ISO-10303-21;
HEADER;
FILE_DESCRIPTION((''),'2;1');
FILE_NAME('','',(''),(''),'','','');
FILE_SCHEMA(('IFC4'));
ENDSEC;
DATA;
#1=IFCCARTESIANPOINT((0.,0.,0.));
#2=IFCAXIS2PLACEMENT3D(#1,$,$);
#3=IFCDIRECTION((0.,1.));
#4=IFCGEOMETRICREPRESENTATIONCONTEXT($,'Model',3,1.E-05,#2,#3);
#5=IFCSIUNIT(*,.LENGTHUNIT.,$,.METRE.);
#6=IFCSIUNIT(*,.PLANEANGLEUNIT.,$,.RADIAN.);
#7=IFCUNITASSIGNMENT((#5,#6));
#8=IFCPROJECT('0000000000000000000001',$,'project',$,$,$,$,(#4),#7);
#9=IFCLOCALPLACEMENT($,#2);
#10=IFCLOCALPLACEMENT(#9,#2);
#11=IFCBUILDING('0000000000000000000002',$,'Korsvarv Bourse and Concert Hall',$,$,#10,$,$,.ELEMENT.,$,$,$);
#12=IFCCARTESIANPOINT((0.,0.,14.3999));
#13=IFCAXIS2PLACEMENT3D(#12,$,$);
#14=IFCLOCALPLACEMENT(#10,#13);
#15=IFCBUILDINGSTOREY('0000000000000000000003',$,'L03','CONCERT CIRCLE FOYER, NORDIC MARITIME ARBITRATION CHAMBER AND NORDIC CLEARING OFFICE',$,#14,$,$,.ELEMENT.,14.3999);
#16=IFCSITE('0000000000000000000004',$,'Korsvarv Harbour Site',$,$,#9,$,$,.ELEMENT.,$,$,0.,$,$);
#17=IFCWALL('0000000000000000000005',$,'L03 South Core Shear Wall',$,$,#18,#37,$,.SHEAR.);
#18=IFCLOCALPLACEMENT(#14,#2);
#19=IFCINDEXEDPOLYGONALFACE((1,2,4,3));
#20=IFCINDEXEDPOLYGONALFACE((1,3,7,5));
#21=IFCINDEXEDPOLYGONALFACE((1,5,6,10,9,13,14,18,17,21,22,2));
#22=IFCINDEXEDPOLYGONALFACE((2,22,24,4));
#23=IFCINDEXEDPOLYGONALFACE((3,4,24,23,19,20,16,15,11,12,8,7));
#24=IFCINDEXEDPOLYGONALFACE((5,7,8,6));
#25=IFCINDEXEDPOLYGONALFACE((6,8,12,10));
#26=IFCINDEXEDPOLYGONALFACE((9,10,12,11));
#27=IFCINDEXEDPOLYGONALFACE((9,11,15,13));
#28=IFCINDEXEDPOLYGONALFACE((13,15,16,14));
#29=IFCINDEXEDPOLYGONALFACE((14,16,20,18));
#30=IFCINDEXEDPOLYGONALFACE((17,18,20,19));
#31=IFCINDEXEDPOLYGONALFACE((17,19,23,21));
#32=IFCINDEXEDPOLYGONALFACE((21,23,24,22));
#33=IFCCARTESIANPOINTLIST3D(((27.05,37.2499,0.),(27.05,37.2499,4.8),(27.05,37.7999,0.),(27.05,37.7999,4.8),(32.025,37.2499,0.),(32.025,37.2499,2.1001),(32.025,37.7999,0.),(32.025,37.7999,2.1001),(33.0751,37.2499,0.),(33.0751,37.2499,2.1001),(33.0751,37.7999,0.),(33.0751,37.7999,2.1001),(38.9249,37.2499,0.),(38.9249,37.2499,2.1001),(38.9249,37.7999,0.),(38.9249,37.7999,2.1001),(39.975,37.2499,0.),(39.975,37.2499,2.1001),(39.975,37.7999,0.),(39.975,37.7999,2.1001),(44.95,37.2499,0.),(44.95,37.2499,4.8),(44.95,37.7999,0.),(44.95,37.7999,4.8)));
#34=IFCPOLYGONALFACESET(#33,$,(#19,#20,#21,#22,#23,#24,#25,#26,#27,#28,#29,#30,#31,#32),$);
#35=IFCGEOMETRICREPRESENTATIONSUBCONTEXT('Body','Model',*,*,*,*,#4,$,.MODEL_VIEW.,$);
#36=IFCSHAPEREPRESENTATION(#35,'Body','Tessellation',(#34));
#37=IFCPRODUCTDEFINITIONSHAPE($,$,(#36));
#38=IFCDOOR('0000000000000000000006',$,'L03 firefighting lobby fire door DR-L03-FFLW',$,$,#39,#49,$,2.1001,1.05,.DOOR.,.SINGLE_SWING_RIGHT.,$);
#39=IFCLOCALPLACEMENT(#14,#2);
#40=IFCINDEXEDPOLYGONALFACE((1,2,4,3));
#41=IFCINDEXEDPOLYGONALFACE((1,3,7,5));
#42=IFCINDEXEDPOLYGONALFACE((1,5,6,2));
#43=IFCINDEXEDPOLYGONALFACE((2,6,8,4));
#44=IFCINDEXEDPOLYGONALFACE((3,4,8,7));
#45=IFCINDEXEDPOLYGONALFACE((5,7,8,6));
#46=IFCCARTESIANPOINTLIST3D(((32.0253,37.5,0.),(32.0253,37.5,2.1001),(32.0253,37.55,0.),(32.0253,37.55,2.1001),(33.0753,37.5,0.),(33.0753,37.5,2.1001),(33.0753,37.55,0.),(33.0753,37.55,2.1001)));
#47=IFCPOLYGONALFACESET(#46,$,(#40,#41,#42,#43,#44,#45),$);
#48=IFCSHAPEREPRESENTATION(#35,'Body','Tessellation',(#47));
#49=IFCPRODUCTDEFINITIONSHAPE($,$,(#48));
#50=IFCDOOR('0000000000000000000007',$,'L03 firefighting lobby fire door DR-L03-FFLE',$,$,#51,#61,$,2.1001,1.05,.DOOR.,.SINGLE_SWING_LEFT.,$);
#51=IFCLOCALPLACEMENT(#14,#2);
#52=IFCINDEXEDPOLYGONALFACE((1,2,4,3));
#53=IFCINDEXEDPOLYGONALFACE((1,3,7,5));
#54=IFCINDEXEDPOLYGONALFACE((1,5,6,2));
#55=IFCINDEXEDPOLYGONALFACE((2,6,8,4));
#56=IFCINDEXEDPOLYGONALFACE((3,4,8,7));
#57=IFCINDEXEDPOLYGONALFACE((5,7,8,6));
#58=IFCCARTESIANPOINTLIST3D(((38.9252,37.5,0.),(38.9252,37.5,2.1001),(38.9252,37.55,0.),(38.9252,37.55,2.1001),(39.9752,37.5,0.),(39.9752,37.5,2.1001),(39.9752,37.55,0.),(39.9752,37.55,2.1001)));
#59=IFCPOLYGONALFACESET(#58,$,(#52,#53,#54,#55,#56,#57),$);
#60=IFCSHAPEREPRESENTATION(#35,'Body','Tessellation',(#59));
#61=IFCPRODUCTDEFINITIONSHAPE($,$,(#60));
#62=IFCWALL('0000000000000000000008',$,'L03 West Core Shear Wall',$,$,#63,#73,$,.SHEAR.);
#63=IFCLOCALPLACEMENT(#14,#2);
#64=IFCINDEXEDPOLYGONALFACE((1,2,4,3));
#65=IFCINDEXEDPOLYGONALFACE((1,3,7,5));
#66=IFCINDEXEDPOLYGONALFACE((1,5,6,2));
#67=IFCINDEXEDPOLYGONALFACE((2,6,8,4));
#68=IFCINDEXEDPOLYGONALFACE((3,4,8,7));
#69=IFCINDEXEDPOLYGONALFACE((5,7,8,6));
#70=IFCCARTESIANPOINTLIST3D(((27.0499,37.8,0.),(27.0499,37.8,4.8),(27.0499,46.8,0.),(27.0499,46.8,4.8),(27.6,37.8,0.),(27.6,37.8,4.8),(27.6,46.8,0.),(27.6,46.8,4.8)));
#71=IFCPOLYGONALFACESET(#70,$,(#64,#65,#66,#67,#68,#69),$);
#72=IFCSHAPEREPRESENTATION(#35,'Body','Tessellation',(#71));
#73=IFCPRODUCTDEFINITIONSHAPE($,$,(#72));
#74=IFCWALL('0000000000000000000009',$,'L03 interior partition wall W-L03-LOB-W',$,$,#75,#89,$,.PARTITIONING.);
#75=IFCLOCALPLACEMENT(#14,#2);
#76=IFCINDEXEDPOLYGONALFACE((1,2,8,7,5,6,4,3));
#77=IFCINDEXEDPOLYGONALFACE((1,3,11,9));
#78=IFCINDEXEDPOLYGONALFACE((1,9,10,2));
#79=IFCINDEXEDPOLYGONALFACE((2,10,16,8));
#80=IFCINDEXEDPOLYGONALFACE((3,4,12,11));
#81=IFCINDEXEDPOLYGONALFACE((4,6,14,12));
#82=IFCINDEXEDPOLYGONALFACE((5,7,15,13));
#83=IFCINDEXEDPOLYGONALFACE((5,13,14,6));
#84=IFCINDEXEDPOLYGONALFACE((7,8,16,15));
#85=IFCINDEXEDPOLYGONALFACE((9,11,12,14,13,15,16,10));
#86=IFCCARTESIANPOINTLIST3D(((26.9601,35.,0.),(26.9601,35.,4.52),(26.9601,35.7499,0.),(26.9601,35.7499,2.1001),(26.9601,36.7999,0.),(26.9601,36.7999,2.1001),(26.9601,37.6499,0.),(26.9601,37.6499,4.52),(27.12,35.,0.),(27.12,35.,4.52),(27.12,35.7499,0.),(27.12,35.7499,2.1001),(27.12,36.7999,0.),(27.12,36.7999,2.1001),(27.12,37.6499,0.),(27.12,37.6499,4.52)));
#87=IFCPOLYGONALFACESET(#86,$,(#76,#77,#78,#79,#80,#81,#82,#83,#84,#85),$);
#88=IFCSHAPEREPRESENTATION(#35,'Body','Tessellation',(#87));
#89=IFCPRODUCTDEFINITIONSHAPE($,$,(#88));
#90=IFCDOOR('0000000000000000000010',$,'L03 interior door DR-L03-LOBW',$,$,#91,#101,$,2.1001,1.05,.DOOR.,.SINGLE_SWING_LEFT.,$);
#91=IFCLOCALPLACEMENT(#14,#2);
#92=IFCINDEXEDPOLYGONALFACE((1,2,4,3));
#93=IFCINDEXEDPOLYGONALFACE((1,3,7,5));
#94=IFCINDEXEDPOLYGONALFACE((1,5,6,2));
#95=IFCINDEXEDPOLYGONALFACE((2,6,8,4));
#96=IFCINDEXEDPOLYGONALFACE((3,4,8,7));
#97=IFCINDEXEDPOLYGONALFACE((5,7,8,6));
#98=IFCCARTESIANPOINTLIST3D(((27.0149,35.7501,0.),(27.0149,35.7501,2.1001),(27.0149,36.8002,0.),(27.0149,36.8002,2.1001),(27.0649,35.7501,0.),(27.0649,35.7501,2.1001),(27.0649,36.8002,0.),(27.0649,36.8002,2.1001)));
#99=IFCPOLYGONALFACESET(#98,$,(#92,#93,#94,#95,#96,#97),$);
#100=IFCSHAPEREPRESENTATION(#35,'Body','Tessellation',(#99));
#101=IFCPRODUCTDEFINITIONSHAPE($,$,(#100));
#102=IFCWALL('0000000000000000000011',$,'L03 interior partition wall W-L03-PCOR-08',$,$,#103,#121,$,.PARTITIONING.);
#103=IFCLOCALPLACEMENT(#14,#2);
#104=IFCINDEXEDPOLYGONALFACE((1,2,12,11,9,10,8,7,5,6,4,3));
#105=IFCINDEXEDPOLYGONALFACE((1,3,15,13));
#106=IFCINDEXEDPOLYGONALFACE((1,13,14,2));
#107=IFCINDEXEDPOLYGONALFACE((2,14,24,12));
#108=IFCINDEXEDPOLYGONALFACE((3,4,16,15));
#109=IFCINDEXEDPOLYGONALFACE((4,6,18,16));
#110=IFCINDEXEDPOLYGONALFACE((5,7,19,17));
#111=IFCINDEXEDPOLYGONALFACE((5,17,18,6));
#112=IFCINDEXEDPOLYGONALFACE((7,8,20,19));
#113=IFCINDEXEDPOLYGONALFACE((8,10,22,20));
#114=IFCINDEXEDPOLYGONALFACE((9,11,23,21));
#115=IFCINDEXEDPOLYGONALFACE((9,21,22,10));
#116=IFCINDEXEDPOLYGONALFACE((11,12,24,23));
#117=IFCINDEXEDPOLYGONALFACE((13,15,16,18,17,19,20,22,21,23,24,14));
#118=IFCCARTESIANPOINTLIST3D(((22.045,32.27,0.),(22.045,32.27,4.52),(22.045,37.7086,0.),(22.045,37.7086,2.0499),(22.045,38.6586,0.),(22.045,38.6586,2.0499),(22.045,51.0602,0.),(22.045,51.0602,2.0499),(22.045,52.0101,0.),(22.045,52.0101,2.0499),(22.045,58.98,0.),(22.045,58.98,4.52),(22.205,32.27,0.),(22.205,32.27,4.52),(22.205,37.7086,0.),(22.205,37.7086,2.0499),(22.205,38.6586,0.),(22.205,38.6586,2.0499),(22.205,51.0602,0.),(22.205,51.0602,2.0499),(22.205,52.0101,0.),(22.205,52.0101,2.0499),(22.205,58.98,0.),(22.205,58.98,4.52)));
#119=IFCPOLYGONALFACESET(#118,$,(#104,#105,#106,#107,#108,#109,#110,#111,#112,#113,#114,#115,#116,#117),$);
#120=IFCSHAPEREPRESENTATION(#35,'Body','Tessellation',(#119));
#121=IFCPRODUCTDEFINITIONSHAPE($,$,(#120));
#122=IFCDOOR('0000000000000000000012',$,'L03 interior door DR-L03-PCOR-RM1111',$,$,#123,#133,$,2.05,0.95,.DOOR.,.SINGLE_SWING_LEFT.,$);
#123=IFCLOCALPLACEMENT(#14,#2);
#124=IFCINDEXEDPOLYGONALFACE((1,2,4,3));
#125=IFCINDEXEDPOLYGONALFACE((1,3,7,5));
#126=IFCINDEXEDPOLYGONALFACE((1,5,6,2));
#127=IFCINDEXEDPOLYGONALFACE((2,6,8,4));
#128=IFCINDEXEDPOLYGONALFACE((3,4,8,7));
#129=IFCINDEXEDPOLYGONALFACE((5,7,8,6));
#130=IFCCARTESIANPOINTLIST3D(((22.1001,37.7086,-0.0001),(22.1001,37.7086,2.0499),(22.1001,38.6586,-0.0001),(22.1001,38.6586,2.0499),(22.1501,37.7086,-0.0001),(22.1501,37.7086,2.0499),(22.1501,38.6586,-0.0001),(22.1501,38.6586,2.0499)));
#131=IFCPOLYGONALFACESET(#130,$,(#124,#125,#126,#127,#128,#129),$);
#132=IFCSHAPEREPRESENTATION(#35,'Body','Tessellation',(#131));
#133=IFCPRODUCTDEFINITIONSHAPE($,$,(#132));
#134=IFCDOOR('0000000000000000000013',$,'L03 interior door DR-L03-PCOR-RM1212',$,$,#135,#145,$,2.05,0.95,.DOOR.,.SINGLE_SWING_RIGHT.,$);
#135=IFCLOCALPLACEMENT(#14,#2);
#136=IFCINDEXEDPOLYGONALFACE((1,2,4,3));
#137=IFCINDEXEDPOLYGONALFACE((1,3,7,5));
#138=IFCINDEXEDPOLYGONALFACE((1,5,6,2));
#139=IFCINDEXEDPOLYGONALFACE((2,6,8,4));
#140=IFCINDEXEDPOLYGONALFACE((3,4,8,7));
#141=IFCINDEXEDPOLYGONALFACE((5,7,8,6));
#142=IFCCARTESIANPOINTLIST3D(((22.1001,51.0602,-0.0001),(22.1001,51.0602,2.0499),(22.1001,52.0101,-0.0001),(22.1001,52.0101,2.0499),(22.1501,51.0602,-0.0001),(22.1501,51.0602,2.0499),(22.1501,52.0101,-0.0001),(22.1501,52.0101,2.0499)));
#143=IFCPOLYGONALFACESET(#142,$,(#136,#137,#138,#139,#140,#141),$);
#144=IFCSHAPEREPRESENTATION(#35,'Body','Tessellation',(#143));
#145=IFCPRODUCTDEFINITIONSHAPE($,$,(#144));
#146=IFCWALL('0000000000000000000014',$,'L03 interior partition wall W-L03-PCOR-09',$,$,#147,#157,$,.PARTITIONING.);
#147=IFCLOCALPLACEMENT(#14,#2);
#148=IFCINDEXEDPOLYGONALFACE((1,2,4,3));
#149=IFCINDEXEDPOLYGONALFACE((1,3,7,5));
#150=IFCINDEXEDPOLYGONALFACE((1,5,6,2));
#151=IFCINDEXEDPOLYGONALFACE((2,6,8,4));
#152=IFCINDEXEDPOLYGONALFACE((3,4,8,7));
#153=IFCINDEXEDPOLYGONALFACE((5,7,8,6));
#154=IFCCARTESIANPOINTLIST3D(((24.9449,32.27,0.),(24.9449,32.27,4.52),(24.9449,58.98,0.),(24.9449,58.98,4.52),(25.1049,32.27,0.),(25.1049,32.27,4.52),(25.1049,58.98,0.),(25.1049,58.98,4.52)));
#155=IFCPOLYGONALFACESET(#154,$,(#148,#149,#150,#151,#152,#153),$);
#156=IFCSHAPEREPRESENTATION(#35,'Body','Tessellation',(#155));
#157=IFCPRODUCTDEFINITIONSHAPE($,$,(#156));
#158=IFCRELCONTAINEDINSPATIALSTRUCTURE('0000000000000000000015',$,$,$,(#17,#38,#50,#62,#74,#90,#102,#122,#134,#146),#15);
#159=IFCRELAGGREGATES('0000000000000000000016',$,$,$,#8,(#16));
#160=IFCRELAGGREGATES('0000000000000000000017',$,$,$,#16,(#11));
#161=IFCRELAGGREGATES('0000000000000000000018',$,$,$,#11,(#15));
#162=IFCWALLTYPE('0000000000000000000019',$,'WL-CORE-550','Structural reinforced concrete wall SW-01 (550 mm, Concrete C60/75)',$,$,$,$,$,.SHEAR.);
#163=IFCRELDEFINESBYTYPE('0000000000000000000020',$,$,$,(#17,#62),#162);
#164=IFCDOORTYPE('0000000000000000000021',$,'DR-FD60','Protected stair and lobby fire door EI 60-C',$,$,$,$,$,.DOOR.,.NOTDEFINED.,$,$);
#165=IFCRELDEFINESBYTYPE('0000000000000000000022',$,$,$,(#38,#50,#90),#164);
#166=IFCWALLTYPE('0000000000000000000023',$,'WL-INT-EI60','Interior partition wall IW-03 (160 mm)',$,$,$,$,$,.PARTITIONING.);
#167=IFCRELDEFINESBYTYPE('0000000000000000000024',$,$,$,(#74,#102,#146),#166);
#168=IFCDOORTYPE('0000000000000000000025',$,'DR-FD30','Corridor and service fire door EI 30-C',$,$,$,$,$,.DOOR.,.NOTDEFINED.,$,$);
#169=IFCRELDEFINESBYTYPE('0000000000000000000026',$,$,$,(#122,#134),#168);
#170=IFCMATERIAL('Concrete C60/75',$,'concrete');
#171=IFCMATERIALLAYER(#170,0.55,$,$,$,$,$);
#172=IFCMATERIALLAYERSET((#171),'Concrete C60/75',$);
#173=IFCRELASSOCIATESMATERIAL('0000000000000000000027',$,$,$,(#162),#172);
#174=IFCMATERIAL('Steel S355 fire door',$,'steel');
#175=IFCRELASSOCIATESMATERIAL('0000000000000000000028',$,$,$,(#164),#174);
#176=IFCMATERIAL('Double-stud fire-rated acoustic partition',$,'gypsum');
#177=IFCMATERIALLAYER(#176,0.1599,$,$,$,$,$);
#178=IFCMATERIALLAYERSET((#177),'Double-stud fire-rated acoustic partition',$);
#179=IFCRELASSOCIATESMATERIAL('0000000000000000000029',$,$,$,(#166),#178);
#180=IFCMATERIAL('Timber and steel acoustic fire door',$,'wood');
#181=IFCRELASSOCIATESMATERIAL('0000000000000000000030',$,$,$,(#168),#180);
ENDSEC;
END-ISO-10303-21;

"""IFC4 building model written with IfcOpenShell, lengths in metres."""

from ifc_helpers import new_model, si_unit, direction, frame, frame_2d, origin, place, context, subcontext, project, spatial, rectangle, extrude, material, layer, layer_set, type_object, element, fill, save


model = new_model("IFC4")

# Units and contexts
model_context = context("Model", 3, precision=1e-05, world=origin(), true_north=direction((0.0, 1.0)))
body_context = subcontext(model_context, "Body", "Model", "MODEL_VIEW")
ifc_project = project(units=[si_unit("LENGTHUNIT", "METRE"), si_unit("PLANEANGLEUNIT", "RADIAN")], contexts=[model_context])

# Site, building, storey
site_placement = place(None, origin())
site = spatial("IfcSite", under=ifc_project, at=site_placement, Name="Korsvarv Harbour Site", CompositionType="ELEMENT", RefElevation=0.0)
building_placement = place(site_placement, origin())
building = spatial("IfcBuilding", under=site, at=building_placement, Name="Korsvarv Bourse and Concert Hall", CompositionType="ELEMENT")
storey_placement = place(building_placement, frame((0.0, 0.0, 14.3999)))
storey = spatial("IfcBuildingStorey", under=building, at=storey_placement, Name="L03", Description="CONCERT CIRCLE FOYER, NORDIC MARITIME ARBITRATION CHAMBER AND NORDIC CLEARING OFFICE", CompositionType="ELEMENT", Elevation=14.3999)

# Shared definitions
ifc_material_1 = material(Name="Concrete C60/75", Category="concrete")

# Shared definitions
ifc_layer_1 = layer(ifc_material_1, 0.55)
ifc_layer_set_1 = layer_set([ifc_layer_1], Name="Concrete C60/75")
wall_type_1 = type_object("IfcWallType", Name="WL-CORE-550", Description="Structural reinforced concrete wall SW-01 (550 mm, Concrete C60/75)", PredefinedType="SHEAR", material=ifc_layer_set_1)

# Wall, openings, doors
wall_1_placement = place(storey_placement, frame((27.05, 37.5249, 0.0), z_axis=(0.0, 0.0, 1.0), x_axis=(1.0, 0.0, 0.0)))
wall_1 = element("IfcWall", 1, at=wall_1_placement, inside=storey, type_object=wall_type_1, Name="L03 South Core Shear Wall", PredefinedType="SHEAR", context=body_context, shape_type="SweptSolid", body=[
    extrude(rectangle(XDim=17.8999, YDim=0.55, at=frame_2d((8.95, 0.0))), origin(), (0.0, 0.0, 1.0), 4.8),
])
opening_1_placement = place(wall_1_placement, frame((4.9751, 0.0, 0.0)))
opening_1 = element("IfcOpeningElement", 2, at=opening_1_placement, cuts=wall_1, PredefinedType="OPENING", context=body_context, shape_type="SweptSolid", body=[
    extrude(rectangle(XDim=1.05, YDim=2.1001, at=frame_2d((0.5249, 1.05))), frame((0.0, 0.2852, 0.0), z_axis=(0.0, -1.0, 0.0), x_axis=(1.0, 0.0, 0.0)), (0.0, 0.0, 1.0), 0.5701),
])
opening_2_placement = place(wall_1_placement, frame((11.875, 0.0, 0.0)))
opening_2 = element("IfcOpeningElement", 3, at=opening_2_placement, cuts=wall_1, PredefinedType="OPENING", context=body_context, shape_type="SweptSolid", body=[
    extrude(rectangle(XDim=1.05, YDim=2.1001, at=frame_2d((0.5249, 1.05))), frame((0.0, 0.2852, 0.0), z_axis=(0.0, -1.0, 0.0), x_axis=(1.0, 0.0, 0.0)), (0.0, 0.0, 1.0), 0.5701),
])
ifc_material_2 = material(Name="Steel S355 fire door", Category="steel")
door_type_1 = type_object("IfcDoorType", Name="DR-FD60", Description="Protected stair and lobby fire door EI 60-C", OperationType="NOTDEFINED", PredefinedType="DOOR", material=ifc_material_2)
door_1_placement = place(opening_1_placement, frame((1.05, 0.0, 0.0), z_axis=(0.0, 0.0, 1.0), x_axis=(-1.0, 0.0, 0.0)))
door_1 = element("IfcDoor", 4, at=door_1_placement, inside=storey, type_object=door_type_1, Name="L03 firefighting lobby fire door DR-L03-FFLW", OperationType="SINGLE_SWING_RIGHT", OverallHeight=2.1001, OverallWidth=1.05, PredefinedType="DOOR", context=body_context, shape_type="SweptSolid", body=[
    extrude(rectangle(XDim=1.05, YDim=2.1001, at=frame_2d((0.5249, 1.05))), frame((0.0, 0.0249, 0.0), z_axis=(0.0, -1.0, 0.0), x_axis=(1.0, 0.0, 0.0)), (0.0, 0.0, 1.0), 0.05),
])
fill(opening_1, door_1)
door_2_placement = place(opening_2_placement, frame((1.05, 0.0, 0.0), z_axis=(0.0, 0.0, 1.0), x_axis=(-1.0, 0.0, 0.0)))
door_2 = element("IfcDoor", 5, at=door_2_placement, inside=storey, type_object=door_type_1, Name="L03 firefighting lobby fire door DR-L03-FFLE", OperationType="SINGLE_SWING_LEFT", OverallHeight=2.1001, OverallWidth=1.05, PredefinedType="DOOR", context=body_context, shape_type="SweptSolid", body=[
    extrude(rectangle(XDim=1.05, YDim=2.1001, at=frame_2d((0.5249, 1.05))), frame((0.0, 0.0249, 0.0), z_axis=(0.0, -1.0, 0.0), x_axis=(1.0, 0.0, 0.0)), (0.0, 0.0, 1.0), 0.05),
])
fill(opening_2, door_2)

# Wall
wall_2_placement = place(storey_placement, frame((27.325, 37.8, 0.0), z_axis=(0.0, 0.0, 1.0), x_axis=(0.0, 1.0, 0.0)))
element("IfcWall", 6, at=wall_2_placement, inside=storey, type_object=wall_type_1, Name="L03 West Core Shear Wall", PredefinedType="SHEAR", context=body_context, shape_type="SweptSolid", body=[
    extrude(rectangle(XDim=9.0, YDim=0.55, at=frame_2d((4.5, 0.0))), origin(), (0.0, 0.0, 1.0), 4.8),
])

# Wall, opening, door
ifc_material_3 = material(Name="Double-stud fire-rated acoustic partition", Category="gypsum")
ifc_layer_2 = layer(ifc_material_3, 0.1599)
ifc_layer_set_2 = layer_set([ifc_layer_2], Name="Double-stud fire-rated acoustic partition")
wall_type_2 = type_object("IfcWallType", Name="WL-INT-EI60", Description="Interior partition wall IW-03 (160 mm)", PredefinedType="PARTITIONING", material=ifc_layer_set_2)
wall_3_placement = place(storey_placement, frame((27.04, 35.0, 0.0), z_axis=(0.0, 0.0, 1.0), x_axis=(0.0, 1.0, 0.0)))
wall_3 = element("IfcWall", 7, at=wall_3_placement, inside=storey, type_object=wall_type_2, Name="L03 interior partition wall W-L03-LOB-W", PredefinedType="PARTITIONING", context=body_context, shape_type="SweptSolid", body=[
    extrude(rectangle(XDim=2.6499, YDim=0.1599, at=frame_2d((1.325, 0.0))), origin(), (0.0, 0.0, 1.0), 4.52),
])
opening_3_placement = place(wall_3_placement, frame((0.75, 0.0, 0.0)))
opening_3 = element("IfcOpeningElement", 8, at=opening_3_placement, cuts=wall_3, PredefinedType="OPENING", context=body_context, shape_type="SweptSolid", body=[
    extrude(rectangle(XDim=1.05, YDim=2.1001, at=frame_2d((0.5249, 1.05))), frame((0.0, 0.0898, 0.0), z_axis=(0.0, -1.0, 0.0), x_axis=(1.0, 0.0, 0.0)), (0.0, 0.0, 1.0), 0.1799),
])
door_3_placement = place(opening_3_placement, frame((1.05, 0.0, 0.0), z_axis=(0.0, 0.0, 1.0), x_axis=(-1.0, 0.0, 0.0)))
door_3 = element("IfcDoor", 9, at=door_3_placement, inside=storey, type_object=door_type_1, Name="L03 interior door DR-L03-LOBW", OperationType="SINGLE_SWING_LEFT", OverallHeight=2.1001, OverallWidth=1.05, PredefinedType="DOOR", context=body_context, shape_type="SweptSolid", body=[
    extrude(rectangle(XDim=1.05, YDim=2.1001, at=frame_2d((0.5249, 1.05))), frame((0.0, 0.0249, 0.0), z_axis=(0.0, -1.0, 0.0), x_axis=(1.0, 0.0, 0.0)), (0.0, 0.0, 1.0), 0.05),
])
fill(opening_3, door_3)

# Wall, openings, doors
wall_4_placement = place(storey_placement, frame((22.125, 32.27, 0.0), z_axis=(0.0, 0.0, 1.0), x_axis=(0.0, 1.0, 0.0)))
wall_4 = element("IfcWall", 10, at=wall_4_placement, inside=storey, type_object=wall_type_2, Name="L03 interior partition wall W-L03-PCOR-08", PredefinedType="PARTITIONING", context=body_context, shape_type="SweptSolid", body=[
    extrude(rectangle(XDim=26.71, YDim=0.1599, at=frame_2d((13.355, 0.0))), origin(), (0.0, 0.0, 1.0), 4.52),
])
opening_4_placement = place(wall_4_placement, frame((5.4385, 0.0, 0.0)))
opening_4 = element("IfcOpeningElement", 11, at=opening_4_placement, cuts=wall_4, PredefinedType="OPENING", context=body_context, shape_type="SweptSolid", body=[
    extrude(rectangle(XDim=0.95, YDim=2.05, at=frame_2d((0.4751, 1.0249))), frame((0.0, 0.0898, 0.0), z_axis=(0.0, -1.0, 0.0), x_axis=(1.0, 0.0, 0.0)), (0.0, 0.0, 1.0), 0.1799),
])
opening_5_placement = place(wall_4_placement, frame((18.79, 0.0, 0.0)))
opening_5 = element("IfcOpeningElement", 12, at=opening_5_placement, cuts=wall_4, PredefinedType="OPENING", context=body_context, shape_type="SweptSolid", body=[
    extrude(rectangle(XDim=0.95, YDim=2.05, at=frame_2d((0.4751, 1.0249))), frame((0.0, 0.0898, 0.0), z_axis=(0.0, -1.0, 0.0), x_axis=(1.0, 0.0, 0.0)), (0.0, 0.0, 1.0), 0.1799),
])
ifc_material_4 = material(Name="Timber and steel acoustic fire door", Category="wood")
door_type_2 = type_object("IfcDoorType", Name="DR-FD30", Description="Corridor and service fire door EI 30-C", OperationType="NOTDEFINED", PredefinedType="DOOR", material=ifc_material_4)
door_4_placement = place(opening_4_placement, origin())
door_4 = element("IfcDoor", 13, at=door_4_placement, inside=storey, type_object=door_type_2, Name="L03 interior door DR-L03-PCOR-RM1111", OperationType="SINGLE_SWING_LEFT", OverallHeight=2.05, OverallWidth=0.95, PredefinedType="DOOR", context=body_context, shape_type="SweptSolid", body=[
    extrude(rectangle(XDim=0.95, YDim=2.05, at=frame_2d((0.4751, 1.0249))), frame((0.0, 0.0249, 0.0), z_axis=(0.0, -1.0, 0.0), x_axis=(1.0, 0.0, 0.0)), (0.0, 0.0, 1.0), 0.05),
])
fill(opening_4, door_4)
door_5_placement = place(opening_5_placement, origin())
door_5 = element("IfcDoor", 14, at=door_5_placement, inside=storey, type_object=door_type_2, Name="L03 interior door DR-L03-PCOR-RM1212", OperationType="SINGLE_SWING_RIGHT", OverallHeight=2.05, OverallWidth=0.95, PredefinedType="DOOR", context=body_context, shape_type="SweptSolid", body=[
    extrude(rectangle(XDim=0.95, YDim=2.05, at=frame_2d((0.4751, 1.0249))), frame((0.0, 0.0249, 0.0), z_axis=(0.0, -1.0, 0.0), x_axis=(1.0, 0.0, 0.0)), (0.0, 0.0, 1.0), 0.05),
])
fill(opening_5, door_5)

# Wall
wall_5_placement = place(storey_placement, frame((25.0249, 32.27, 0.0), z_axis=(0.0, 0.0, 1.0), x_axis=(0.0, 1.0, 0.0)))
element("IfcWall", 15, at=wall_5_placement, inside=storey, type_object=wall_type_2, Name="L03 interior partition wall W-L03-PCOR-09", PredefinedType="PARTITIONING", context=body_context, shape_type="SweptSolid", body=[
    extrude(rectangle(XDim=26.71, YDim=0.1599, at=frame_2d((13.355, 0.0))), origin(), (0.0, 0.0, 1.0), 4.52),
])

save(model, "model.ifc")
